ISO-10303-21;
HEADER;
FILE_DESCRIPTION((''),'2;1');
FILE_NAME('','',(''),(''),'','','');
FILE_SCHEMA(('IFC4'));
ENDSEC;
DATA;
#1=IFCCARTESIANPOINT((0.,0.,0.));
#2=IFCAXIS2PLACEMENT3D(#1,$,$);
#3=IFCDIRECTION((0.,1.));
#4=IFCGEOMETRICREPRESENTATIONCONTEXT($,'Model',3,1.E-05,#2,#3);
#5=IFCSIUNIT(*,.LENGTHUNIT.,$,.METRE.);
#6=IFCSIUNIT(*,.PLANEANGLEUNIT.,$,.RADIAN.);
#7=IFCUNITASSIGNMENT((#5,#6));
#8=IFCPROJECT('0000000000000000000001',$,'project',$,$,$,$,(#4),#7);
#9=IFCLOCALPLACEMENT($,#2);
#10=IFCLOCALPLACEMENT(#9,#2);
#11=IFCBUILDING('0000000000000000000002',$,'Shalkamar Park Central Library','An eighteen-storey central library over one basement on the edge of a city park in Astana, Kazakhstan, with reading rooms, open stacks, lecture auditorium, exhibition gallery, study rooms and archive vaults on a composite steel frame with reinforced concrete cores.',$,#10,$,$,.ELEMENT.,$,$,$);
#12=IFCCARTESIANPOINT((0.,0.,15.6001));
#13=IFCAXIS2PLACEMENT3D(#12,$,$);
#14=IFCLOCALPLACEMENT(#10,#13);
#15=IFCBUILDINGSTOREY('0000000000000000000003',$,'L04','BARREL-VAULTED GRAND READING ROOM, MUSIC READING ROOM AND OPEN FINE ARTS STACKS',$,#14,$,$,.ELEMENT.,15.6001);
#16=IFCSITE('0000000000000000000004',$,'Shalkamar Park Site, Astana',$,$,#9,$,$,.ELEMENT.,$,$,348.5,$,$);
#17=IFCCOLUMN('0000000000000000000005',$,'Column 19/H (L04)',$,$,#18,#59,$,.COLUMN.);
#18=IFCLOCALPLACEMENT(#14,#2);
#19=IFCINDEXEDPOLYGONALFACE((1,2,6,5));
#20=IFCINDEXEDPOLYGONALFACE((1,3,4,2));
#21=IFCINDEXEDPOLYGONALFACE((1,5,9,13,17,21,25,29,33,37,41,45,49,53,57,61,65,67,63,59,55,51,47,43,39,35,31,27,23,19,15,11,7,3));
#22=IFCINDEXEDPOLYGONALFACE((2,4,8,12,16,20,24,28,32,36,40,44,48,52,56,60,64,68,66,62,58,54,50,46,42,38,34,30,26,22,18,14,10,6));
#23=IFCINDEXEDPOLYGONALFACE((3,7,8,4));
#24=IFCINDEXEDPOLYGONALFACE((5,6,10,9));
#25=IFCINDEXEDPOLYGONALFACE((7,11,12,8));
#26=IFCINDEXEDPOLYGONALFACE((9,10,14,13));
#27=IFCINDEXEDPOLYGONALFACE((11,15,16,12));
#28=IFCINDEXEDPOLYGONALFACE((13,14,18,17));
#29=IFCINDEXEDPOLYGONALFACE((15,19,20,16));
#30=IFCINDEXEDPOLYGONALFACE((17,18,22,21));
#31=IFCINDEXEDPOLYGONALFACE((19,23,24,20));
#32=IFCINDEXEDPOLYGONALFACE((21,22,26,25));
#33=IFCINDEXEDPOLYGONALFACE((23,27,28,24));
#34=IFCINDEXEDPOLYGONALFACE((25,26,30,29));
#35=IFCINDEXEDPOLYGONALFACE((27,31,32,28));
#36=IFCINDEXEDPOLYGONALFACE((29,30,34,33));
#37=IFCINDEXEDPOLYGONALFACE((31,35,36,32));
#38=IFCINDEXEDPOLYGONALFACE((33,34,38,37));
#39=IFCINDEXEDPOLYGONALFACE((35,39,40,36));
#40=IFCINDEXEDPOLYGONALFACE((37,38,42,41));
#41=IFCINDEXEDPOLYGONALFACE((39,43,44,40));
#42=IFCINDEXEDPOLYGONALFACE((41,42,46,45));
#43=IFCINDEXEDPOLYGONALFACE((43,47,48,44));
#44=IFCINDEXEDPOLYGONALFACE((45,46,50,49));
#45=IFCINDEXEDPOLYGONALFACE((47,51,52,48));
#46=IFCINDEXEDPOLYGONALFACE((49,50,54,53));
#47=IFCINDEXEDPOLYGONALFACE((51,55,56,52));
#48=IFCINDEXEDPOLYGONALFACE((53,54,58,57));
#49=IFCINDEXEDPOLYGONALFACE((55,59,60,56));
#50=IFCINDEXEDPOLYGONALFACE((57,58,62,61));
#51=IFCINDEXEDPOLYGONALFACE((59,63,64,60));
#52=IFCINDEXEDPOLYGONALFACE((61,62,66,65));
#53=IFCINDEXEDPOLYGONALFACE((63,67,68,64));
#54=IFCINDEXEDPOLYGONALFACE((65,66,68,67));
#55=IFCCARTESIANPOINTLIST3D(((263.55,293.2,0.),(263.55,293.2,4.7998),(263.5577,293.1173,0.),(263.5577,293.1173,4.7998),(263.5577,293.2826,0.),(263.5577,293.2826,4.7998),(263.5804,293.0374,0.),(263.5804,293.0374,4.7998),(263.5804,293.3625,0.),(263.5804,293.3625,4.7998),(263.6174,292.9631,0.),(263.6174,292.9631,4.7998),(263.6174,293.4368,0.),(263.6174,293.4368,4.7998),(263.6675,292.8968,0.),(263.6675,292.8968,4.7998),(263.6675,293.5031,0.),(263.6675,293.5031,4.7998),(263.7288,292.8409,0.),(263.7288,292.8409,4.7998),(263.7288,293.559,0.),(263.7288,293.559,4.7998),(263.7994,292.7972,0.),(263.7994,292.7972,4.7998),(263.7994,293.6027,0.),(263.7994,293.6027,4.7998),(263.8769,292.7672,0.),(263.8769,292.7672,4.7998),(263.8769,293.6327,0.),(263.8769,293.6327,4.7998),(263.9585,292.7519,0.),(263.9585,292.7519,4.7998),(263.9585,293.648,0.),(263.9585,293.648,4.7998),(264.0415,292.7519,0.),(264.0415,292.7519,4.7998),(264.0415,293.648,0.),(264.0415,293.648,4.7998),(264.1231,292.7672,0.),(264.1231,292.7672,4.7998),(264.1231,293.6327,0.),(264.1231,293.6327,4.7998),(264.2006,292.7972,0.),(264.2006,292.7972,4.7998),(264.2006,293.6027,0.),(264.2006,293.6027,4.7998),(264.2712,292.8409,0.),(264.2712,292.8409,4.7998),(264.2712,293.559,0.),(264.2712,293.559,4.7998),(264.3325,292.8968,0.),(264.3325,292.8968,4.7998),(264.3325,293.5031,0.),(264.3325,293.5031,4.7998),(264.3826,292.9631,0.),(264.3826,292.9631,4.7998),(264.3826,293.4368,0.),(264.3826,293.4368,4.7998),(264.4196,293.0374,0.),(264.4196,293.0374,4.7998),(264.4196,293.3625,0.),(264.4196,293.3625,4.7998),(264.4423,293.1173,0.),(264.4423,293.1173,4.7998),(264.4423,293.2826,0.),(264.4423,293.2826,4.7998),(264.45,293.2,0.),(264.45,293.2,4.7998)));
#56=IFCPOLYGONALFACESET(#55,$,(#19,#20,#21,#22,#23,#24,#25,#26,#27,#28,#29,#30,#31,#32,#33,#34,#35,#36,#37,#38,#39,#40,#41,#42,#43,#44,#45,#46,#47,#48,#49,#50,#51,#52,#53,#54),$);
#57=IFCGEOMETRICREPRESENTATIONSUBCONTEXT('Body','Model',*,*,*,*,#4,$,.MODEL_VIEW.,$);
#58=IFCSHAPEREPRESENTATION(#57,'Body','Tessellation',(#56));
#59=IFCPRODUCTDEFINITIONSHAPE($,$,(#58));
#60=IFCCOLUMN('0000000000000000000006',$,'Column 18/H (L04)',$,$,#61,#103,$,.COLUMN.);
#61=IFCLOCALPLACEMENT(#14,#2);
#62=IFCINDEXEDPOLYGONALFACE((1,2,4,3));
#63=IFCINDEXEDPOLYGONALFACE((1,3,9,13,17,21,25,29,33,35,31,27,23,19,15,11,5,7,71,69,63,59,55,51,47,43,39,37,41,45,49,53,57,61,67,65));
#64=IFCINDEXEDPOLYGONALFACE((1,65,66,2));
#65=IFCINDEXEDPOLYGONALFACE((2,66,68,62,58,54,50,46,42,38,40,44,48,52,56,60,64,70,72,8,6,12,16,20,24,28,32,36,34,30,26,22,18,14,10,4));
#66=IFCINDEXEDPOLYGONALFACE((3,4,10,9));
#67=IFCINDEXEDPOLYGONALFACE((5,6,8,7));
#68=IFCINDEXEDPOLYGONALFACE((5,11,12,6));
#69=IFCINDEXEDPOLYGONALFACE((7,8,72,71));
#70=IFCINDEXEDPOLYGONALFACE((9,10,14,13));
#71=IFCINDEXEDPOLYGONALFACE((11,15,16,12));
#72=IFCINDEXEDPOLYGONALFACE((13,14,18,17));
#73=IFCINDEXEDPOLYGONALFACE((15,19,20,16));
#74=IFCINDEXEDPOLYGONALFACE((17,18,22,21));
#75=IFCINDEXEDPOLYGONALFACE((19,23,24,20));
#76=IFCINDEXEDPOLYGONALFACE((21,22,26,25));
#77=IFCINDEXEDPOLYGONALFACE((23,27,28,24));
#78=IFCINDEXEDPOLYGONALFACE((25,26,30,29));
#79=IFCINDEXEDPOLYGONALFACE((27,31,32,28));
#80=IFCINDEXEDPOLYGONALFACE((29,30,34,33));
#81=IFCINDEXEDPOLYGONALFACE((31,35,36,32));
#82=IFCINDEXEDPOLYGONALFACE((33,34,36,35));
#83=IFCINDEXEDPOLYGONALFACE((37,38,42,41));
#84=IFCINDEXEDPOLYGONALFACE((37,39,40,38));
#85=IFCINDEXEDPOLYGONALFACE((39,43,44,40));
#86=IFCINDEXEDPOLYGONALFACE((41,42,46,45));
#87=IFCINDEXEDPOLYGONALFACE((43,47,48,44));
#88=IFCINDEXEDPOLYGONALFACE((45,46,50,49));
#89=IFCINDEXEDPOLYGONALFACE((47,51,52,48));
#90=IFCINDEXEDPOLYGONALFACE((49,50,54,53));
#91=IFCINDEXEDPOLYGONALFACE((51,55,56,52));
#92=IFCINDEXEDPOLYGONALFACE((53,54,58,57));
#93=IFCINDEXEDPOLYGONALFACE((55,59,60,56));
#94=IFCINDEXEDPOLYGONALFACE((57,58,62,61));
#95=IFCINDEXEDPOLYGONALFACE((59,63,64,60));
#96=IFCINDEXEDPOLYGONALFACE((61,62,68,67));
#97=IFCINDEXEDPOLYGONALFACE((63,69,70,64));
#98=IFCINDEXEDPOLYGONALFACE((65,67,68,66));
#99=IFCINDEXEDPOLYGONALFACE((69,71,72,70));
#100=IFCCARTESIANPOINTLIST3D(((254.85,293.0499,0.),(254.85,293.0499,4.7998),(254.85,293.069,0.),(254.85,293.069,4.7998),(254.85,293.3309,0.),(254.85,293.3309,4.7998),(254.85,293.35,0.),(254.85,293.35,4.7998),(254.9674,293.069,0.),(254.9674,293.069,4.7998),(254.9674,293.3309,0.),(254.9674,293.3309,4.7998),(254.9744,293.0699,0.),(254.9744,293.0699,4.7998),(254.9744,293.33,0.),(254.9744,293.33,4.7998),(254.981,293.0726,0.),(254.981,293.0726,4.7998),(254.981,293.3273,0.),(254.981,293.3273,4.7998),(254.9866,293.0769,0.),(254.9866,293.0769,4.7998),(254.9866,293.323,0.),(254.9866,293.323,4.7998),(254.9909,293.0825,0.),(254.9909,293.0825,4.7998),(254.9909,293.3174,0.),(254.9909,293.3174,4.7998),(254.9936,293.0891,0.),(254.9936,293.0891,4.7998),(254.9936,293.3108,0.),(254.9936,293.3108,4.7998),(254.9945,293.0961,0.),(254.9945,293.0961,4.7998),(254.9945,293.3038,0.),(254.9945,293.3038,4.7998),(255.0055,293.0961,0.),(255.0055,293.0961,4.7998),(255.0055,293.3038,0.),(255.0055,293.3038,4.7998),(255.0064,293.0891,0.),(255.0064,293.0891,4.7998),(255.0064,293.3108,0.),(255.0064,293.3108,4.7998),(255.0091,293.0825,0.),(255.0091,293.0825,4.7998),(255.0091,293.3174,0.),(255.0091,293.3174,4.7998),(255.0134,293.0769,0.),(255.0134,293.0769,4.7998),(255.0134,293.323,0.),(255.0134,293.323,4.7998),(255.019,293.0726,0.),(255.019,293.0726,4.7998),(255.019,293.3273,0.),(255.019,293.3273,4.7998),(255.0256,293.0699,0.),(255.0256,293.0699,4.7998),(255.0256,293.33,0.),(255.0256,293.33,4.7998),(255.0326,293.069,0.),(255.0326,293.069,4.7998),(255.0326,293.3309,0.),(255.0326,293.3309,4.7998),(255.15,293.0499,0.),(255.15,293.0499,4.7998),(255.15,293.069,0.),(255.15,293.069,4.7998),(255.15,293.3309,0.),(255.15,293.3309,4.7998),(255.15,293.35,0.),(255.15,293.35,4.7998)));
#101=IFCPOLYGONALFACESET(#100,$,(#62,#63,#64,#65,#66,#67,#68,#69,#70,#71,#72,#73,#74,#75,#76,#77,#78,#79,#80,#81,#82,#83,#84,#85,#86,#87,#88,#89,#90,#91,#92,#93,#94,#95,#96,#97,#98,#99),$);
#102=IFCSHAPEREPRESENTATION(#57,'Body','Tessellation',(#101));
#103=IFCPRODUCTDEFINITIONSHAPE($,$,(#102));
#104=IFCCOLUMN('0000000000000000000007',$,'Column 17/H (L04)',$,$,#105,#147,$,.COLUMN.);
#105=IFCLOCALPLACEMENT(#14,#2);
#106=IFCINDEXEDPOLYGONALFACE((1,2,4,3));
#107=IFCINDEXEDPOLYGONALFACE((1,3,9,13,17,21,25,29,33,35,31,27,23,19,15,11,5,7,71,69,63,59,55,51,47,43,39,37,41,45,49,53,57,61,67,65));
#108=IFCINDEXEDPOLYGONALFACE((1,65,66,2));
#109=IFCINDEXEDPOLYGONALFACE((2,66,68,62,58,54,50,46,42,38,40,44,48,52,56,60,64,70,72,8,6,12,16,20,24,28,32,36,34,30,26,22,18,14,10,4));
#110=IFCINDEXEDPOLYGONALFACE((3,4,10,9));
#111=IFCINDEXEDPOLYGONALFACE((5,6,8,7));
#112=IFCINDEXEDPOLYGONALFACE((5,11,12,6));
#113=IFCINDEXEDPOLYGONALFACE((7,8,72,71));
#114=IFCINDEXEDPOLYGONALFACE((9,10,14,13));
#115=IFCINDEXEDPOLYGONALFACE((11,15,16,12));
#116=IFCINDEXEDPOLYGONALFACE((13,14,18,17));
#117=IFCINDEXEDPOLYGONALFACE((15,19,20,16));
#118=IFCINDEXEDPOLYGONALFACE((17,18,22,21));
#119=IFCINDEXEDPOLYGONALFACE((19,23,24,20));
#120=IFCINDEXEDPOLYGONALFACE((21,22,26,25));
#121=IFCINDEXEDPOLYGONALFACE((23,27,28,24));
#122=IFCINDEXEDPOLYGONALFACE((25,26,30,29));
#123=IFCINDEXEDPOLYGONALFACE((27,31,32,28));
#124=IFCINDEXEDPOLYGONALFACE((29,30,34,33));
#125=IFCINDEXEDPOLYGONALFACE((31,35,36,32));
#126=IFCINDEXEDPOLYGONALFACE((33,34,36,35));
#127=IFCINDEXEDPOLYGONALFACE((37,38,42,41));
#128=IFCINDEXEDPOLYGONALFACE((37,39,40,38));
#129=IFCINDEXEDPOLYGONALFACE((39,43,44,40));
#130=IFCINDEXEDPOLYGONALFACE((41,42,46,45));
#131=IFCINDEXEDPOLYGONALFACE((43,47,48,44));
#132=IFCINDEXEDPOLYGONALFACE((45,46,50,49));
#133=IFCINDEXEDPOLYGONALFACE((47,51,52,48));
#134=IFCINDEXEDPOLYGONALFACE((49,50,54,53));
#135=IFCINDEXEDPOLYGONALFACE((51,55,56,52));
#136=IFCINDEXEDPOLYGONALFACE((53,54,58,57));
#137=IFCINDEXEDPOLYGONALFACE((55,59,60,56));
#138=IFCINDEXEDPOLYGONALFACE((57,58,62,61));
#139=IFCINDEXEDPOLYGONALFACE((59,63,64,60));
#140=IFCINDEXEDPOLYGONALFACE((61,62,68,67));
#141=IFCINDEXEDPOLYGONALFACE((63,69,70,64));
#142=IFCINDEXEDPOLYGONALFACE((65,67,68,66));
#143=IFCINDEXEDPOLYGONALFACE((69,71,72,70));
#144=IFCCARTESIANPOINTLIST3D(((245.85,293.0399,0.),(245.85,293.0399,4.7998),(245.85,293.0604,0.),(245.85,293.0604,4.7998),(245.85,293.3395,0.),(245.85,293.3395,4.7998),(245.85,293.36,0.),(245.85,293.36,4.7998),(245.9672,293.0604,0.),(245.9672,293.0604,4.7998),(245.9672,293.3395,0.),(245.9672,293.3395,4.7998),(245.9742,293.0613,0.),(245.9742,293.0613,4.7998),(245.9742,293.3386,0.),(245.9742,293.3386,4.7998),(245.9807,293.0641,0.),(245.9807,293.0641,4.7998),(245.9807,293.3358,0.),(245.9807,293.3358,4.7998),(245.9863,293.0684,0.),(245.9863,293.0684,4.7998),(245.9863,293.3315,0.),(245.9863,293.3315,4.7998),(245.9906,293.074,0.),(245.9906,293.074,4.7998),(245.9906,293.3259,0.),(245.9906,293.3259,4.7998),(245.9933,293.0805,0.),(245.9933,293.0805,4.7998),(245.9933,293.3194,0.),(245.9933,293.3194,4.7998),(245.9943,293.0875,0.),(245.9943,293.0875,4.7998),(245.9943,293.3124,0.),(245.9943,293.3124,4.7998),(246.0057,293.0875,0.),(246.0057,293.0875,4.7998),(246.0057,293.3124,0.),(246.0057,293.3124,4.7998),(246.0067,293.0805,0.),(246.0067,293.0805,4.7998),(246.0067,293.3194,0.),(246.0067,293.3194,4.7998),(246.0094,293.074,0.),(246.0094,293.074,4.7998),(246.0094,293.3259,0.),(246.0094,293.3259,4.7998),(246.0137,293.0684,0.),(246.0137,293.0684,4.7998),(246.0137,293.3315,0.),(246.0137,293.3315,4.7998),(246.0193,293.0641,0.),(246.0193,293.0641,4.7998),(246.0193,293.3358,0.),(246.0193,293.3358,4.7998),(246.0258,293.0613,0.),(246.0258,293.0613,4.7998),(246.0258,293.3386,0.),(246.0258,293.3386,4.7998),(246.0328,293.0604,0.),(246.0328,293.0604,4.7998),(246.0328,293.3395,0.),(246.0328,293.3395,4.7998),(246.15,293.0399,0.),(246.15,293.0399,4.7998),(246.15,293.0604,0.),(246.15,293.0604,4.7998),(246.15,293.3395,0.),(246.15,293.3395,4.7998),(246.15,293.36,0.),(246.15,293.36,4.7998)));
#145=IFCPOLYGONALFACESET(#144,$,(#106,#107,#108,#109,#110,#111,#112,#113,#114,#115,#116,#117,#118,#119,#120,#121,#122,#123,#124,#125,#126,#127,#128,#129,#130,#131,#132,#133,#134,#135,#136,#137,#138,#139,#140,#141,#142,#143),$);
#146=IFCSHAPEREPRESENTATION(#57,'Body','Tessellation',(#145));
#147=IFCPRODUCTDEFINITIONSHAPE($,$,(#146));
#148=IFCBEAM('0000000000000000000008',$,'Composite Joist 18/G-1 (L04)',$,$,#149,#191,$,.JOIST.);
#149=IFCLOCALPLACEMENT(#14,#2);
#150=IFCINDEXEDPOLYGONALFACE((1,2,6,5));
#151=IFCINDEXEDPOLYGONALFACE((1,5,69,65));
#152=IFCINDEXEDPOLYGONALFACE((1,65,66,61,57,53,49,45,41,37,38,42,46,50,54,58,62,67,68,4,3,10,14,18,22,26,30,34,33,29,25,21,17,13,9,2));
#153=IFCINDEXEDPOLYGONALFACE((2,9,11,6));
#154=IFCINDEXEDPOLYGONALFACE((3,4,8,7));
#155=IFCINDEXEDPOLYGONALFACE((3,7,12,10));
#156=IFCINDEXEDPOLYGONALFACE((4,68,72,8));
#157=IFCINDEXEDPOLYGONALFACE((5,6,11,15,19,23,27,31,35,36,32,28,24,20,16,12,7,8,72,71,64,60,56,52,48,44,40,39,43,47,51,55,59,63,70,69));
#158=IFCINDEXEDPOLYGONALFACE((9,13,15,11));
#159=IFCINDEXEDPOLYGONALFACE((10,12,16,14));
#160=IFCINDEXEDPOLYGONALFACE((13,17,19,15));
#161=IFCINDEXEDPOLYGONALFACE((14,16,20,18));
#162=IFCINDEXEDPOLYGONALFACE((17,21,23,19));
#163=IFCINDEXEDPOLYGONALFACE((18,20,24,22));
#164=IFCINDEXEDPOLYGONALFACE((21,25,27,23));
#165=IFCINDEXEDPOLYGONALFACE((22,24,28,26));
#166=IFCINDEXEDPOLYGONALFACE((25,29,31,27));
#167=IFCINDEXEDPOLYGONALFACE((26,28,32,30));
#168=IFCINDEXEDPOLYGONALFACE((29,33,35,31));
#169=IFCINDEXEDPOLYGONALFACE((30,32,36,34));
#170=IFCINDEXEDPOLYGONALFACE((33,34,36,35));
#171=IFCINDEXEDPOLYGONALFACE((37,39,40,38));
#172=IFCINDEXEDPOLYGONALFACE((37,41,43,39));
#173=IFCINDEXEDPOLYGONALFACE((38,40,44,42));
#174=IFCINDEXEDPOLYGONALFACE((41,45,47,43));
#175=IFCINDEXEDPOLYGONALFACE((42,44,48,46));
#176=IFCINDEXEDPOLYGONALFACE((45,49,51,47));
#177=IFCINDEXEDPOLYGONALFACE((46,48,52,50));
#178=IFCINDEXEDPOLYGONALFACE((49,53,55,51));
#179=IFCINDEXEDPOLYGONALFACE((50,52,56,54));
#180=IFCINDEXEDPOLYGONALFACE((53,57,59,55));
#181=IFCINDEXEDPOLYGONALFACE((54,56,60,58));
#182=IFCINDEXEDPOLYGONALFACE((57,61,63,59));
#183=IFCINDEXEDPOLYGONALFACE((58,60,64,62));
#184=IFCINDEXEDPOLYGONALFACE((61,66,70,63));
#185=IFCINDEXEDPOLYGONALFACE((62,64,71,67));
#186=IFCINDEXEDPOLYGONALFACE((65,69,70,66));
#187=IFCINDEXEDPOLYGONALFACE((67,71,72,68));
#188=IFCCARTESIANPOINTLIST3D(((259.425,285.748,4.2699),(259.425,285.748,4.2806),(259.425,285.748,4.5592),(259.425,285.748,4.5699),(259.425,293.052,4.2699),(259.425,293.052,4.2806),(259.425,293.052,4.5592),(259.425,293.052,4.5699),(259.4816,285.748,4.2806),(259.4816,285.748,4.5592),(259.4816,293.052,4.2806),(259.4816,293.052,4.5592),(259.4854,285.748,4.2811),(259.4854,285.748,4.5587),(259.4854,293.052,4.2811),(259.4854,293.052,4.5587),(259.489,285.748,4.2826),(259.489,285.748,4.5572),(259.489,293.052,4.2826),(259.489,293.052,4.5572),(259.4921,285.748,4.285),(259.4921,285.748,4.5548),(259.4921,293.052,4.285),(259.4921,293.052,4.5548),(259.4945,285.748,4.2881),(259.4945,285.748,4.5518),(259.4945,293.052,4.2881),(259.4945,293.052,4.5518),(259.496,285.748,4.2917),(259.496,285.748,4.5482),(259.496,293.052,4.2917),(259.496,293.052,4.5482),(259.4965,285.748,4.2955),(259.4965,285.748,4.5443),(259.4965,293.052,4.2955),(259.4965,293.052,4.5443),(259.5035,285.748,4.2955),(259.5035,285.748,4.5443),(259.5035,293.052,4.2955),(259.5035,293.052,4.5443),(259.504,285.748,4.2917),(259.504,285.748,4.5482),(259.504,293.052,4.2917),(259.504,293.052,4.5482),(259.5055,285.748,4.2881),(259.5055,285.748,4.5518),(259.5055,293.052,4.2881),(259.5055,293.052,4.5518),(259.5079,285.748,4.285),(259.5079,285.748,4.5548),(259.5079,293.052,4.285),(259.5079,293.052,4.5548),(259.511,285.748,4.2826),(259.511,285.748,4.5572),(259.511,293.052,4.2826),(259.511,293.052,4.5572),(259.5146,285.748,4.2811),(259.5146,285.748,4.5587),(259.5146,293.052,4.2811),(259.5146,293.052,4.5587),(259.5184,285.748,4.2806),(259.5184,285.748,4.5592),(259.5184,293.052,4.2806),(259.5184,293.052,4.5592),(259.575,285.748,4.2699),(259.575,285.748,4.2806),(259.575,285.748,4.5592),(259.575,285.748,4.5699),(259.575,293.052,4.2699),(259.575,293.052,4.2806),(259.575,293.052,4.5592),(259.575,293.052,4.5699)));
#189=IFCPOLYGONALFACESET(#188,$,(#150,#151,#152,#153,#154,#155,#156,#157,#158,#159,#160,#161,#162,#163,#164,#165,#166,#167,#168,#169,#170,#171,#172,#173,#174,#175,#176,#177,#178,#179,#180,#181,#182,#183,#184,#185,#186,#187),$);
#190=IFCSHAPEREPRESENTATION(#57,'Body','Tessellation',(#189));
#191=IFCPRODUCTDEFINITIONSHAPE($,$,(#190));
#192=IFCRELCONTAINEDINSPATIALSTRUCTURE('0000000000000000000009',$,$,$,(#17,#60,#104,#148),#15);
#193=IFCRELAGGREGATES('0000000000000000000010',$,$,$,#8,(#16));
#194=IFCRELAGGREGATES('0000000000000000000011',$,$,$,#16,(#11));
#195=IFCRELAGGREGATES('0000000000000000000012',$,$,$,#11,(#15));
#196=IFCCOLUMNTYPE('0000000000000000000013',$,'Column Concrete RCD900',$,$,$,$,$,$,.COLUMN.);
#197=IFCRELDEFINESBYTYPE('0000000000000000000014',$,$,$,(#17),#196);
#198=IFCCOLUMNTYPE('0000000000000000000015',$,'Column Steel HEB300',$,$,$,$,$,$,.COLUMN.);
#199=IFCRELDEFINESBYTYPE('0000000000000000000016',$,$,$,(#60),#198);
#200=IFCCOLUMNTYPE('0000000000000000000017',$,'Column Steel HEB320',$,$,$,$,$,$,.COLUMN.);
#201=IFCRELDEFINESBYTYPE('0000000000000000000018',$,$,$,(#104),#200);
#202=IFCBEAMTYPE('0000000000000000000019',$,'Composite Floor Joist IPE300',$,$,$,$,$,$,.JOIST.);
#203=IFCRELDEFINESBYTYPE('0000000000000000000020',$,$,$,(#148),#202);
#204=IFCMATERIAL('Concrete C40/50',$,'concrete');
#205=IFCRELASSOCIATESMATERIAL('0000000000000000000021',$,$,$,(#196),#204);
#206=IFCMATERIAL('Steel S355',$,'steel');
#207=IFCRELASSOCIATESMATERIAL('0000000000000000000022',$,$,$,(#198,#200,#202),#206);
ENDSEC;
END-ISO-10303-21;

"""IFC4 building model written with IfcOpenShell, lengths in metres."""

from ifc_helpers import new_model, si_unit, direction, frame, origin, origin_2d, place, context, subcontext, project, spatial, circle, i_section, extrude, material, material_profile, profile_set, type_object, element, save


model = new_model("IFC4")

# Units and contexts
model_context = context("Model", 3, precision=1e-05, world=origin(), true_north=direction((0.0, 1.0)))
body_context = subcontext(model_context, "Body", "Model", "MODEL_VIEW")
ifc_project = project(units=[si_unit("LENGTHUNIT", "METRE"), si_unit("PLANEANGLEUNIT", "RADIAN")], contexts=[model_context])

# Site, building, storey
site_placement = place(None, origin())
site = spatial("IfcSite", under=ifc_project, at=site_placement, Name="Shalkamar Park Site, Astana", CompositionType="ELEMENT", RefElevation=348.5)
building_placement = place(site_placement, origin())
building = spatial("IfcBuilding", under=site, at=building_placement, Name="Shalkamar Park Central Library", Description="An eighteen-storey central library over one basement on the edge of a city park in Astana, Kazakhstan, with reading rooms, open stacks, lecture auditorium, exhibition gallery, study rooms and archive vaults on a composite steel frame with reinforced concrete cores.", CompositionType="ELEMENT")
storey_placement = place(building_placement, frame((0.0, 0.0, 15.6001)))
storey = spatial("IfcBuildingStorey", under=building, at=storey_placement, Name="L04", Description="BARREL-VAULTED GRAND READING ROOM, MUSIC READING ROOM AND OPEN FINE ARTS STACKS", CompositionType="ELEMENT", Elevation=15.6001)

# Columns
ifc_material_1 = material(Name="Concrete C40/50", Category="concrete")
ifc_material_profile_1 = material_profile(ifc_material_1, circle(Radius=0.45, at=origin_2d()), Name="RC D900")
ifc_profile_set_1 = profile_set([ifc_material_profile_1], Name="Concrete C40/50")
column_type_1 = type_object("IfcColumnType", Name="Column Concrete RCD900", PredefinedType="COLUMN", material=ifc_profile_set_1)
column_1_placement = place(storey_placement, frame((264.0, 293.2, 0.0), z_axis=(0.0, 0.0, 1.0), x_axis=(1.0, 0.0, 0.0)))
element("IfcColumn", 1, at=column_1_placement, inside=storey, type_object=column_type_1, Name="Column 19/H (L04)", PredefinedType="COLUMN", context=body_context, shape_type="SweptSolid", body=[
    extrude(circle(Radius=0.45, at=origin_2d()), origin(), (0.0, 0.0, 1.0), 4.7998),
])
ifc_material_2 = material(Name="Steel S355", Category="steel")
ifc_material_profile_2 = material_profile(ifc_material_2, i_section(OverallWidth=0.3, OverallDepth=0.3, WebThickness=0.011, FlangeThickness=0.019, FilletRadius=0.0271, at=origin_2d()), Name="HEB 300")
ifc_profile_set_2 = profile_set([ifc_material_profile_2], Name="Steel S355")
column_type_2 = type_object("IfcColumnType", Name="Column Steel HEB300", PredefinedType="COLUMN", material=ifc_profile_set_2)
column_2_placement = place(storey_placement, frame((255.0, 293.2, 0.0), z_axis=(0.0, 0.0, 1.0), x_axis=(1.0, 0.0, 0.0)))
element("IfcColumn", 2, at=column_2_placement, inside=storey, type_object=column_type_2, Name="Column 18/H (L04)", PredefinedType="COLUMN", context=body_context, shape_type="SweptSolid", body=[
    extrude(i_section(OverallWidth=0.3, OverallDepth=0.3, WebThickness=0.011, FlangeThickness=0.019, FilletRadius=0.0271, at=origin_2d()), origin(), (0.0, 0.0, 1.0), 4.7998),
])
ifc_material_profile_3 = material_profile(ifc_material_2, i_section(OverallWidth=0.3, OverallDepth=0.3201, WebThickness=0.0115, FlangeThickness=0.0205, FilletRadius=0.0271, at=origin_2d()), Name="HEB 320")
ifc_profile_set_3 = profile_set([ifc_material_profile_3], Name="Steel S355")
column_type_3 = type_object("IfcColumnType", Name="Column Steel HEB320", PredefinedType="COLUMN", material=ifc_profile_set_3)
column_3_placement = place(storey_placement, frame((246.0, 293.2, 0.0), z_axis=(0.0, 0.0, 1.0), x_axis=(1.0, 0.0, 0.0)))
element("IfcColumn", 3, at=column_3_placement, inside=storey, type_object=column_type_3, Name="Column 17/H (L04)", PredefinedType="COLUMN", context=body_context, shape_type="SweptSolid", body=[
    extrude(i_section(OverallWidth=0.3, OverallDepth=0.3201, WebThickness=0.0115, FlangeThickness=0.0205, FilletRadius=0.0271, at=origin_2d()), origin(), (0.0, 0.0, 1.0), 4.7998),
])

# Beam
ifc_material_profile_4 = material_profile(ifc_material_2, i_section(OverallWidth=0.1499, OverallDepth=0.3, WebThickness=0.0071, FlangeThickness=0.0107, FilletRadius=0.0149, at=origin_2d()), Name="IPE 300")
ifc_profile_set_4 = profile_set([ifc_material_profile_4], Name="Steel S355")
beam_type_1 = type_object("IfcBeamType", Name="Composite Floor Joist IPE300", PredefinedType="JOIST", material=ifc_profile_set_4)
beam_1_placement = place(storey_placement, frame((259.5, 285.748, 4.4199), z_axis=(0.0, 1.0, 0.0), x_axis=(-1.0, 0.0, 0.0)))
element("IfcBeam", 4, at=beam_1_placement, inside=storey, type_object=beam_type_1, Name="Composite Joist 18/G-1 (L04)", PredefinedType="JOIST", context=body_context, shape_type="SweptSolid", body=[
    extrude(i_section(OverallWidth=0.1499, OverallDepth=0.3, WebThickness=0.0071, FlangeThickness=0.0107, FilletRadius=0.0149, at=origin_2d()), origin(), (0.0, 0.0, 1.0), 7.304),
])

save(model, "model.ifc")
